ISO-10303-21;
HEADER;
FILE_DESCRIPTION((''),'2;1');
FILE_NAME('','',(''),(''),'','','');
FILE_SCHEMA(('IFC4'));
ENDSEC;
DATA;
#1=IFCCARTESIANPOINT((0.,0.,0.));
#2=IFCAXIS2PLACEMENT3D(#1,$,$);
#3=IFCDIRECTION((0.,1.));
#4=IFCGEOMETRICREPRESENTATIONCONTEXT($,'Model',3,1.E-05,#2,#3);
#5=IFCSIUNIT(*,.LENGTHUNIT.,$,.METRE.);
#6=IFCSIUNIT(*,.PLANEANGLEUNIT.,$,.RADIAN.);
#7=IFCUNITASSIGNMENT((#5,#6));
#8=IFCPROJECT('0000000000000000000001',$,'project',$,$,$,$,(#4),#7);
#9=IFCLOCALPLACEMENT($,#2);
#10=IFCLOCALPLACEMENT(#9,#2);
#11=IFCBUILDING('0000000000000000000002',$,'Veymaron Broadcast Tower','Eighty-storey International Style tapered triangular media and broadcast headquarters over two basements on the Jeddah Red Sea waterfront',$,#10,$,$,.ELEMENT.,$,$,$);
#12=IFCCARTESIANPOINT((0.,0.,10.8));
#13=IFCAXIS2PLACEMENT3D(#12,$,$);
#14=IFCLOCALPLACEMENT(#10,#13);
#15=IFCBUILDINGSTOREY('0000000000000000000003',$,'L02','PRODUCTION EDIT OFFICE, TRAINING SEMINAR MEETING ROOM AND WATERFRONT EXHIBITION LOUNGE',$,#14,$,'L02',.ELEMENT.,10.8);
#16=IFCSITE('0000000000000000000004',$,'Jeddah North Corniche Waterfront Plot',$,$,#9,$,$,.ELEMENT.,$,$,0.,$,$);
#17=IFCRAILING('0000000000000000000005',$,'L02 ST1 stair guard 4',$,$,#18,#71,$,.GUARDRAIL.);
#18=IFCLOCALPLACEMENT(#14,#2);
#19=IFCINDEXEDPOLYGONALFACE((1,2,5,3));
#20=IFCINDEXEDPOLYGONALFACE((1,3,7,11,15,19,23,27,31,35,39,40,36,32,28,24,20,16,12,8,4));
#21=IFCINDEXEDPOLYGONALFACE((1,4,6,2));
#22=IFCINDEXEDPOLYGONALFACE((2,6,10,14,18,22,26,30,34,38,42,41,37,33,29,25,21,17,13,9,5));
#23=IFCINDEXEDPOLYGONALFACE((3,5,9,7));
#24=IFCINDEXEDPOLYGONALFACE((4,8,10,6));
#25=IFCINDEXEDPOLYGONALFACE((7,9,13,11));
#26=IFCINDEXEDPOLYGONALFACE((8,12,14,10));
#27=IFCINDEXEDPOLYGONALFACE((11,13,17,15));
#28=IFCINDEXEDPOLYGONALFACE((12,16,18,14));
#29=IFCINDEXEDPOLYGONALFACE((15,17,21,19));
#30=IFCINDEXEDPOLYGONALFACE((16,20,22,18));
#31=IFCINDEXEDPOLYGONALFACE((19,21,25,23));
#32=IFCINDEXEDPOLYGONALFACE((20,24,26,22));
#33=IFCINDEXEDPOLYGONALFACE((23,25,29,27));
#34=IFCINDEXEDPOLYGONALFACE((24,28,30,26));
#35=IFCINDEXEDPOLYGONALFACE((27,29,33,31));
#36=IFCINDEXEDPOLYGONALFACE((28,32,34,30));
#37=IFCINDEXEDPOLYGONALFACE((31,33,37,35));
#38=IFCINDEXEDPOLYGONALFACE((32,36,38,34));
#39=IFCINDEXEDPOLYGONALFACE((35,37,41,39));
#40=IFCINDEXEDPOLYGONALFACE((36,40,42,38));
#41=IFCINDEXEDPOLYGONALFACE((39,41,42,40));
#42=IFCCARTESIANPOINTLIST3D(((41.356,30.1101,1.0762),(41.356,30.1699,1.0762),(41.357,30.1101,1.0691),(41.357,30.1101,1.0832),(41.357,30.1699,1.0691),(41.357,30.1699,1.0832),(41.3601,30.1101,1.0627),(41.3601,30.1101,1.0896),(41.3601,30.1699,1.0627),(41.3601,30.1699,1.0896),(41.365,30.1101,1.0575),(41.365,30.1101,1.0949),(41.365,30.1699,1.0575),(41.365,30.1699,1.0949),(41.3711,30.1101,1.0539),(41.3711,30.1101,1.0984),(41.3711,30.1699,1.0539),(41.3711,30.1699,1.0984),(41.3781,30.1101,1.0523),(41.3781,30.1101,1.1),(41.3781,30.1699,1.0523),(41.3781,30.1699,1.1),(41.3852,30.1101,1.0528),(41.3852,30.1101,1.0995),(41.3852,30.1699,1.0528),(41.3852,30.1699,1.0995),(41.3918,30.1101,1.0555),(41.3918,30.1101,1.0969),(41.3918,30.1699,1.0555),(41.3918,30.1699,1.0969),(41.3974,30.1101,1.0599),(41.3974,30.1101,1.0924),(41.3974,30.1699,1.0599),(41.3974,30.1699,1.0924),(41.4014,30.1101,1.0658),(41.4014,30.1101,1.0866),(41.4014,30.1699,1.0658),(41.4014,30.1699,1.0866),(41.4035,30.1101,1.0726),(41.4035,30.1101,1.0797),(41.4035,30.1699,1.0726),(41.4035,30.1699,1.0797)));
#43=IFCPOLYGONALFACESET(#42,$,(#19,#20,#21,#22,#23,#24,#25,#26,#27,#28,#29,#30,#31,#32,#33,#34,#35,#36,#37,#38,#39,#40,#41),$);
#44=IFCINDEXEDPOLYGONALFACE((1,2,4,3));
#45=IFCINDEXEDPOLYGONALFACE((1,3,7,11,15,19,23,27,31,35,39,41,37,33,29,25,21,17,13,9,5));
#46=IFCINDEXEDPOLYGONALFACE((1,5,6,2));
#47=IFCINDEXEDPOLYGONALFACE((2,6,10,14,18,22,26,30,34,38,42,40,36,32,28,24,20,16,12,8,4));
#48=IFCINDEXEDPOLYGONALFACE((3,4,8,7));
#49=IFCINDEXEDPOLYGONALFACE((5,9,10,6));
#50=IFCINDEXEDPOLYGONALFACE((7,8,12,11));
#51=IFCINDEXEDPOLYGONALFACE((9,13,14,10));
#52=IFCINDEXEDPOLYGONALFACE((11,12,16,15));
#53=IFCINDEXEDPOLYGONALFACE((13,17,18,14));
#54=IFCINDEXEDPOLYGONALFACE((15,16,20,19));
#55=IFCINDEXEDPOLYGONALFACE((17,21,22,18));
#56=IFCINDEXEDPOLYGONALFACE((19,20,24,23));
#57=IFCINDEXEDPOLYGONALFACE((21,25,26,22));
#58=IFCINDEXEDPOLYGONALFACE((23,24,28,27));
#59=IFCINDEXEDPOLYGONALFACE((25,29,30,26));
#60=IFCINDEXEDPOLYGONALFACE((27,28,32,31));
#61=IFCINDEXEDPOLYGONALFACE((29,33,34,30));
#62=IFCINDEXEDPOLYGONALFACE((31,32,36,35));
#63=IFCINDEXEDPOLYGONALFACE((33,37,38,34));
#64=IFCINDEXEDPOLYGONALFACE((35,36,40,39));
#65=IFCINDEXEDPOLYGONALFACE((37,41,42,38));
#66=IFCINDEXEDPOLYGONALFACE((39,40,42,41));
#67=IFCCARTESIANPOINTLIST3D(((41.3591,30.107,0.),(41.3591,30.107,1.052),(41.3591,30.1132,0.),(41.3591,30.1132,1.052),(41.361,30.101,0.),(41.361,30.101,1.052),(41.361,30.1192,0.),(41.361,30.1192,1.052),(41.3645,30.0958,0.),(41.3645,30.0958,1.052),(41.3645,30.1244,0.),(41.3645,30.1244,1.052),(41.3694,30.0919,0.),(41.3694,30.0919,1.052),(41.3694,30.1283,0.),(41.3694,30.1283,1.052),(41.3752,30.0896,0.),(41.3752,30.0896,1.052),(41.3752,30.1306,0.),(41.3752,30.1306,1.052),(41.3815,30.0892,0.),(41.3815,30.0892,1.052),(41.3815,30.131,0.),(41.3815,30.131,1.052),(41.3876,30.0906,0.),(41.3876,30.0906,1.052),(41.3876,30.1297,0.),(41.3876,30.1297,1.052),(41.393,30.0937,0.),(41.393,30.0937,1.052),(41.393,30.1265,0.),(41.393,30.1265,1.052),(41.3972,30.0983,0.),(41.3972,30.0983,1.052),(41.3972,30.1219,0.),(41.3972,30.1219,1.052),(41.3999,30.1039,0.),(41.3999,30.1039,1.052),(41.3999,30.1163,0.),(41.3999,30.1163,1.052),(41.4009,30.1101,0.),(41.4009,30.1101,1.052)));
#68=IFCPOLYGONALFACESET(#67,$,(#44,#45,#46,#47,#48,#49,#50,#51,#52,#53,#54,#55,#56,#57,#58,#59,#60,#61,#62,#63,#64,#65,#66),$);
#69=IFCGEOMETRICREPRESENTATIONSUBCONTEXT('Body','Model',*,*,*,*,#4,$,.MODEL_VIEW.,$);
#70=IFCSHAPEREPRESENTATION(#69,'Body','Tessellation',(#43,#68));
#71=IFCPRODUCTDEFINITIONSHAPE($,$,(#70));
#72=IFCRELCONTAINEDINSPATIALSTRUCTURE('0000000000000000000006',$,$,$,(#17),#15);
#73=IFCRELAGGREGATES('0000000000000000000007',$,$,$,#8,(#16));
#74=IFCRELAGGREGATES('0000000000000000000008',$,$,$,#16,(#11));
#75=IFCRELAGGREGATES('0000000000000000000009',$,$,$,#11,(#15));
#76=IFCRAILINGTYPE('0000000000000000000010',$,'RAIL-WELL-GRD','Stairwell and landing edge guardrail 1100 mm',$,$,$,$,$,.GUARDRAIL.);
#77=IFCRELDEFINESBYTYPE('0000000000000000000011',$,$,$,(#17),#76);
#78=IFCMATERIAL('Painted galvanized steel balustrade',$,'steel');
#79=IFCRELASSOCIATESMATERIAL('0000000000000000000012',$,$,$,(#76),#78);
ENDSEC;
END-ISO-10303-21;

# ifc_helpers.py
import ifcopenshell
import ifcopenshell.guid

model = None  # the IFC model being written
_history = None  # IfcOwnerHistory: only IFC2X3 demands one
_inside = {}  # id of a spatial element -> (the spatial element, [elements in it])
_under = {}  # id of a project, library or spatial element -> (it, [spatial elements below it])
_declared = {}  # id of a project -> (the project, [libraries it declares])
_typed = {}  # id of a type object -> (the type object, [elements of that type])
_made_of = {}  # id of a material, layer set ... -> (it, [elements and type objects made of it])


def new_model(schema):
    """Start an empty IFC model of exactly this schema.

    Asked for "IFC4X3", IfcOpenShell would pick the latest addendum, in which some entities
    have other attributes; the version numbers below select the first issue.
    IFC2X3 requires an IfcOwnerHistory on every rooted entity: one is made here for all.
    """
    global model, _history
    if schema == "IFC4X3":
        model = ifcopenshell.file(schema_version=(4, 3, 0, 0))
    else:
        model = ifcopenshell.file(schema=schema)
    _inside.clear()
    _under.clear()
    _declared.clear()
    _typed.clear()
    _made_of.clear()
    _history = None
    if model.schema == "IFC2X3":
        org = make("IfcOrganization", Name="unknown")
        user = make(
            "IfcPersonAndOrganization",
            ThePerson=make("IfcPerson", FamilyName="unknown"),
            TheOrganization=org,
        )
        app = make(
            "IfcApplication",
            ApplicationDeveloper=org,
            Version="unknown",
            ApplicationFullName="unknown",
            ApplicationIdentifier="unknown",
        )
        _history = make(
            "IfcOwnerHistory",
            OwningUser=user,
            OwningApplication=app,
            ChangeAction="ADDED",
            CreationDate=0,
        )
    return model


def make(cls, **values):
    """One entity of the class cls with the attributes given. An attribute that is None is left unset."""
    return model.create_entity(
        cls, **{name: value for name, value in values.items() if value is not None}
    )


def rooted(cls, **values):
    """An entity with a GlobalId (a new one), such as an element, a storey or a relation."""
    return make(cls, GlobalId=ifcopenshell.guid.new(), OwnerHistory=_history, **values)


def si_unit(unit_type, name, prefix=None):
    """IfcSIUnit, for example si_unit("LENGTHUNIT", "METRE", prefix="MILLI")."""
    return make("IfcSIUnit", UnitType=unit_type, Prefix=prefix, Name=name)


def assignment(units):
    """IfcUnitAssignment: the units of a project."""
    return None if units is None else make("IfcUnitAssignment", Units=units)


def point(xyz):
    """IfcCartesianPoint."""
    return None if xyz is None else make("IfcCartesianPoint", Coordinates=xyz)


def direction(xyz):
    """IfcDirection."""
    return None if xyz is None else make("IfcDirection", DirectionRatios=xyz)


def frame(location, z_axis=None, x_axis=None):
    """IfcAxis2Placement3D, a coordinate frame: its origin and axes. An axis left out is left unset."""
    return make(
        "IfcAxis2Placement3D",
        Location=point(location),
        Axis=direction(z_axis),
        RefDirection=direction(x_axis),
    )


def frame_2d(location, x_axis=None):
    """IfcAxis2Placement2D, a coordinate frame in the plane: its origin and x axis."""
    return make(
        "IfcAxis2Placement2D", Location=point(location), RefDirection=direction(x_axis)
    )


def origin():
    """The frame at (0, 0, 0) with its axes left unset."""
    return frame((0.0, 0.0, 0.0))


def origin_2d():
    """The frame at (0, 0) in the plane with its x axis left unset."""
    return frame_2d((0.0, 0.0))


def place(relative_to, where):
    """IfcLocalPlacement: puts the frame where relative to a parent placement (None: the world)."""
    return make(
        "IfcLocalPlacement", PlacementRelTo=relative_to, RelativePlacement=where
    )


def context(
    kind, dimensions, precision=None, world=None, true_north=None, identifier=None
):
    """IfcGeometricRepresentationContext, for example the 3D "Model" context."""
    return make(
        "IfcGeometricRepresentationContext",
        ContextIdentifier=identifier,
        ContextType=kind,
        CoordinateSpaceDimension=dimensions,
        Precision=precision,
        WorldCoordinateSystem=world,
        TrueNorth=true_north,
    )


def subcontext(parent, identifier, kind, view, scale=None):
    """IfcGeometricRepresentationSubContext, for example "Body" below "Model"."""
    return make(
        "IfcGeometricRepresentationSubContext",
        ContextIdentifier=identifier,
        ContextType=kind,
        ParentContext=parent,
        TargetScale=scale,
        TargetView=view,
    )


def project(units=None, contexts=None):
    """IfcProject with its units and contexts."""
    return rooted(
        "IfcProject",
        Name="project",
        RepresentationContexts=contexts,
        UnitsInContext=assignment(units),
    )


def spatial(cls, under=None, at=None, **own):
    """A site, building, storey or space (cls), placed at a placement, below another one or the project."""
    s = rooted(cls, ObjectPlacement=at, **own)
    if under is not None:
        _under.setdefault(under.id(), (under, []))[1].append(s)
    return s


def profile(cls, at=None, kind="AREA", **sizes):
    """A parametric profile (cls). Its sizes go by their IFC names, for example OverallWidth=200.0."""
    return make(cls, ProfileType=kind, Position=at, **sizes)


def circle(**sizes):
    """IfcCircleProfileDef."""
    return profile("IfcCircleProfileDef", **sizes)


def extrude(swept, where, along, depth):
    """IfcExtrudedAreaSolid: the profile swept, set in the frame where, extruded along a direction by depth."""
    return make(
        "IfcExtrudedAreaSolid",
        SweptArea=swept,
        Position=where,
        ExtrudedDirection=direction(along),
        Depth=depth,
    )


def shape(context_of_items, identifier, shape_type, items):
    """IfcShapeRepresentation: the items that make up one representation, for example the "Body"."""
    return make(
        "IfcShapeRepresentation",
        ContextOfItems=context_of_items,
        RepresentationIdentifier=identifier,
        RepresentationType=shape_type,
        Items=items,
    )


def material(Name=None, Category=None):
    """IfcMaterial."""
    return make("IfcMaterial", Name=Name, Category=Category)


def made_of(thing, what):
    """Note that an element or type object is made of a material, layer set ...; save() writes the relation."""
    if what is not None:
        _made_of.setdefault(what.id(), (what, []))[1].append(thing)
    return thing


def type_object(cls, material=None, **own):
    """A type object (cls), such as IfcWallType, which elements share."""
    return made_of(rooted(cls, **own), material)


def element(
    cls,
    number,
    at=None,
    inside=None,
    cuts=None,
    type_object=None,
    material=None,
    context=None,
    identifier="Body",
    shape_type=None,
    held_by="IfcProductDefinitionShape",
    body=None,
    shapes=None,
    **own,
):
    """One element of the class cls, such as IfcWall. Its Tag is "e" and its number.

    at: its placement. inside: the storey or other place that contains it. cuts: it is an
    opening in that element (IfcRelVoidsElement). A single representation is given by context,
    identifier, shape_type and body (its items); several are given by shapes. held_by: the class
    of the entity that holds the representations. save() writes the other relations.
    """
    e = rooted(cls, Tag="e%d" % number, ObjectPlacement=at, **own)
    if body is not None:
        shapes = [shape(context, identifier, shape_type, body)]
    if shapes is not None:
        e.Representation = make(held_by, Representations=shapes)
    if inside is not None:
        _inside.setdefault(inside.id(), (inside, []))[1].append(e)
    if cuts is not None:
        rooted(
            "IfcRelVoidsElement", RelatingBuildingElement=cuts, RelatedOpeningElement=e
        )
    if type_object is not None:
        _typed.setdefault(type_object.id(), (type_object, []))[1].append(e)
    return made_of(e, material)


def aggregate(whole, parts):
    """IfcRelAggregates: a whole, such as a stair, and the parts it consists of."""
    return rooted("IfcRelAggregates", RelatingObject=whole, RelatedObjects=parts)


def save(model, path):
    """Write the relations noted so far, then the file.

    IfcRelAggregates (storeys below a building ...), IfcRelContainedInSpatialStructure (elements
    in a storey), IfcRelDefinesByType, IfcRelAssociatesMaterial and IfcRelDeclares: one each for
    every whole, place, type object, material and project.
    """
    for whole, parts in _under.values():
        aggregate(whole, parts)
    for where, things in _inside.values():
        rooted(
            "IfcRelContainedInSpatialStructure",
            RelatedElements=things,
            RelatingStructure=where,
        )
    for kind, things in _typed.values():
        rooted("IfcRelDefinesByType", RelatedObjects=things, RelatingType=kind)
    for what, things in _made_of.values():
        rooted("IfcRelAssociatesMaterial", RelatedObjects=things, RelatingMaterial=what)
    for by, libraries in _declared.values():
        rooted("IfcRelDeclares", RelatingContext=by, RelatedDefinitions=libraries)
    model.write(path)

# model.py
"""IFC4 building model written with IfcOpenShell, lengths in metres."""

from ifc_helpers import new_model, si_unit, direction, frame, origin, origin_2d, place, context, subcontext, project, spatial, circle, extrude, material, type_object, element, save


model = new_model("IFC4")

# Units and contexts
model_context = context("Model", 3, precision=1e-05, world=origin(), true_north=direction((0.0, 1.0)))
body_context = subcontext(model_context, "Body", "Model", "MODEL_VIEW")
ifc_project = project(units=[si_unit("LENGTHUNIT", "METRE"), si_unit("PLANEANGLEUNIT", "RADIAN")], contexts=[model_context])

# Site, building, storey
site_placement = place(None, origin())
site = spatial("IfcSite", under=ifc_project, at=site_placement, Name="Jeddah North Corniche Waterfront Plot", CompositionType="ELEMENT", RefElevation=0.0)
building_placement = place(site_placement, origin())
building = spatial("IfcBuilding", under=site, at=building_placement, Name="Veymaron Broadcast Tower", Description="Eighty-storey International Style tapered triangular media and broadcast headquarters over two basements on the Jeddah Red Sea waterfront", CompositionType="ELEMENT")
storey_placement = place(building_placement, frame((0.0, 0.0, 10.8)))
storey = spatial("IfcBuildingStorey", under=building, at=storey_placement, Name="L02", Description="PRODUCTION EDIT OFFICE, TRAINING SEMINAR MEETING ROOM AND WATERFRONT EXHIBITION LOUNGE", LongName="L02", CompositionType="ELEMENT", Elevation=10.8)

# Railing
ifc_material_1 = material(Name="Painted galvanized steel balustrade", Category="steel")
railing_type_1 = type_object("IfcRailingType", Name="RAIL-WELL-GRD", Description="Stairwell and landing edge guardrail 1100 mm", PredefinedType="GUARDRAIL", material=ifc_material_1)
railing_1_placement = place(storey_placement, frame((41.3799, 30.1101, 0.0)))
element("IfcRailing", 1, at=railing_1_placement, inside=storey, type_object=railing_type_1, Name="L02 ST1 stair guard 4", PredefinedType="GUARDRAIL", context=body_context, shape_type="SweptSolid", body=[
    extrude(circle(Radius=0.0239, at=origin_2d()), frame((0.0, 0.0, 1.0762), z_axis=(0.0, 1.0, 0.0), x_axis=(-1.0, 0.0, 0.0)), (0.0, 0.0, 1.0), 0.0598),
    extrude(circle(Radius=0.021, at=origin_2d()), origin(), (0.0, 0.0, 1.0), 1.052),
])

save(model, "model.ifc")
